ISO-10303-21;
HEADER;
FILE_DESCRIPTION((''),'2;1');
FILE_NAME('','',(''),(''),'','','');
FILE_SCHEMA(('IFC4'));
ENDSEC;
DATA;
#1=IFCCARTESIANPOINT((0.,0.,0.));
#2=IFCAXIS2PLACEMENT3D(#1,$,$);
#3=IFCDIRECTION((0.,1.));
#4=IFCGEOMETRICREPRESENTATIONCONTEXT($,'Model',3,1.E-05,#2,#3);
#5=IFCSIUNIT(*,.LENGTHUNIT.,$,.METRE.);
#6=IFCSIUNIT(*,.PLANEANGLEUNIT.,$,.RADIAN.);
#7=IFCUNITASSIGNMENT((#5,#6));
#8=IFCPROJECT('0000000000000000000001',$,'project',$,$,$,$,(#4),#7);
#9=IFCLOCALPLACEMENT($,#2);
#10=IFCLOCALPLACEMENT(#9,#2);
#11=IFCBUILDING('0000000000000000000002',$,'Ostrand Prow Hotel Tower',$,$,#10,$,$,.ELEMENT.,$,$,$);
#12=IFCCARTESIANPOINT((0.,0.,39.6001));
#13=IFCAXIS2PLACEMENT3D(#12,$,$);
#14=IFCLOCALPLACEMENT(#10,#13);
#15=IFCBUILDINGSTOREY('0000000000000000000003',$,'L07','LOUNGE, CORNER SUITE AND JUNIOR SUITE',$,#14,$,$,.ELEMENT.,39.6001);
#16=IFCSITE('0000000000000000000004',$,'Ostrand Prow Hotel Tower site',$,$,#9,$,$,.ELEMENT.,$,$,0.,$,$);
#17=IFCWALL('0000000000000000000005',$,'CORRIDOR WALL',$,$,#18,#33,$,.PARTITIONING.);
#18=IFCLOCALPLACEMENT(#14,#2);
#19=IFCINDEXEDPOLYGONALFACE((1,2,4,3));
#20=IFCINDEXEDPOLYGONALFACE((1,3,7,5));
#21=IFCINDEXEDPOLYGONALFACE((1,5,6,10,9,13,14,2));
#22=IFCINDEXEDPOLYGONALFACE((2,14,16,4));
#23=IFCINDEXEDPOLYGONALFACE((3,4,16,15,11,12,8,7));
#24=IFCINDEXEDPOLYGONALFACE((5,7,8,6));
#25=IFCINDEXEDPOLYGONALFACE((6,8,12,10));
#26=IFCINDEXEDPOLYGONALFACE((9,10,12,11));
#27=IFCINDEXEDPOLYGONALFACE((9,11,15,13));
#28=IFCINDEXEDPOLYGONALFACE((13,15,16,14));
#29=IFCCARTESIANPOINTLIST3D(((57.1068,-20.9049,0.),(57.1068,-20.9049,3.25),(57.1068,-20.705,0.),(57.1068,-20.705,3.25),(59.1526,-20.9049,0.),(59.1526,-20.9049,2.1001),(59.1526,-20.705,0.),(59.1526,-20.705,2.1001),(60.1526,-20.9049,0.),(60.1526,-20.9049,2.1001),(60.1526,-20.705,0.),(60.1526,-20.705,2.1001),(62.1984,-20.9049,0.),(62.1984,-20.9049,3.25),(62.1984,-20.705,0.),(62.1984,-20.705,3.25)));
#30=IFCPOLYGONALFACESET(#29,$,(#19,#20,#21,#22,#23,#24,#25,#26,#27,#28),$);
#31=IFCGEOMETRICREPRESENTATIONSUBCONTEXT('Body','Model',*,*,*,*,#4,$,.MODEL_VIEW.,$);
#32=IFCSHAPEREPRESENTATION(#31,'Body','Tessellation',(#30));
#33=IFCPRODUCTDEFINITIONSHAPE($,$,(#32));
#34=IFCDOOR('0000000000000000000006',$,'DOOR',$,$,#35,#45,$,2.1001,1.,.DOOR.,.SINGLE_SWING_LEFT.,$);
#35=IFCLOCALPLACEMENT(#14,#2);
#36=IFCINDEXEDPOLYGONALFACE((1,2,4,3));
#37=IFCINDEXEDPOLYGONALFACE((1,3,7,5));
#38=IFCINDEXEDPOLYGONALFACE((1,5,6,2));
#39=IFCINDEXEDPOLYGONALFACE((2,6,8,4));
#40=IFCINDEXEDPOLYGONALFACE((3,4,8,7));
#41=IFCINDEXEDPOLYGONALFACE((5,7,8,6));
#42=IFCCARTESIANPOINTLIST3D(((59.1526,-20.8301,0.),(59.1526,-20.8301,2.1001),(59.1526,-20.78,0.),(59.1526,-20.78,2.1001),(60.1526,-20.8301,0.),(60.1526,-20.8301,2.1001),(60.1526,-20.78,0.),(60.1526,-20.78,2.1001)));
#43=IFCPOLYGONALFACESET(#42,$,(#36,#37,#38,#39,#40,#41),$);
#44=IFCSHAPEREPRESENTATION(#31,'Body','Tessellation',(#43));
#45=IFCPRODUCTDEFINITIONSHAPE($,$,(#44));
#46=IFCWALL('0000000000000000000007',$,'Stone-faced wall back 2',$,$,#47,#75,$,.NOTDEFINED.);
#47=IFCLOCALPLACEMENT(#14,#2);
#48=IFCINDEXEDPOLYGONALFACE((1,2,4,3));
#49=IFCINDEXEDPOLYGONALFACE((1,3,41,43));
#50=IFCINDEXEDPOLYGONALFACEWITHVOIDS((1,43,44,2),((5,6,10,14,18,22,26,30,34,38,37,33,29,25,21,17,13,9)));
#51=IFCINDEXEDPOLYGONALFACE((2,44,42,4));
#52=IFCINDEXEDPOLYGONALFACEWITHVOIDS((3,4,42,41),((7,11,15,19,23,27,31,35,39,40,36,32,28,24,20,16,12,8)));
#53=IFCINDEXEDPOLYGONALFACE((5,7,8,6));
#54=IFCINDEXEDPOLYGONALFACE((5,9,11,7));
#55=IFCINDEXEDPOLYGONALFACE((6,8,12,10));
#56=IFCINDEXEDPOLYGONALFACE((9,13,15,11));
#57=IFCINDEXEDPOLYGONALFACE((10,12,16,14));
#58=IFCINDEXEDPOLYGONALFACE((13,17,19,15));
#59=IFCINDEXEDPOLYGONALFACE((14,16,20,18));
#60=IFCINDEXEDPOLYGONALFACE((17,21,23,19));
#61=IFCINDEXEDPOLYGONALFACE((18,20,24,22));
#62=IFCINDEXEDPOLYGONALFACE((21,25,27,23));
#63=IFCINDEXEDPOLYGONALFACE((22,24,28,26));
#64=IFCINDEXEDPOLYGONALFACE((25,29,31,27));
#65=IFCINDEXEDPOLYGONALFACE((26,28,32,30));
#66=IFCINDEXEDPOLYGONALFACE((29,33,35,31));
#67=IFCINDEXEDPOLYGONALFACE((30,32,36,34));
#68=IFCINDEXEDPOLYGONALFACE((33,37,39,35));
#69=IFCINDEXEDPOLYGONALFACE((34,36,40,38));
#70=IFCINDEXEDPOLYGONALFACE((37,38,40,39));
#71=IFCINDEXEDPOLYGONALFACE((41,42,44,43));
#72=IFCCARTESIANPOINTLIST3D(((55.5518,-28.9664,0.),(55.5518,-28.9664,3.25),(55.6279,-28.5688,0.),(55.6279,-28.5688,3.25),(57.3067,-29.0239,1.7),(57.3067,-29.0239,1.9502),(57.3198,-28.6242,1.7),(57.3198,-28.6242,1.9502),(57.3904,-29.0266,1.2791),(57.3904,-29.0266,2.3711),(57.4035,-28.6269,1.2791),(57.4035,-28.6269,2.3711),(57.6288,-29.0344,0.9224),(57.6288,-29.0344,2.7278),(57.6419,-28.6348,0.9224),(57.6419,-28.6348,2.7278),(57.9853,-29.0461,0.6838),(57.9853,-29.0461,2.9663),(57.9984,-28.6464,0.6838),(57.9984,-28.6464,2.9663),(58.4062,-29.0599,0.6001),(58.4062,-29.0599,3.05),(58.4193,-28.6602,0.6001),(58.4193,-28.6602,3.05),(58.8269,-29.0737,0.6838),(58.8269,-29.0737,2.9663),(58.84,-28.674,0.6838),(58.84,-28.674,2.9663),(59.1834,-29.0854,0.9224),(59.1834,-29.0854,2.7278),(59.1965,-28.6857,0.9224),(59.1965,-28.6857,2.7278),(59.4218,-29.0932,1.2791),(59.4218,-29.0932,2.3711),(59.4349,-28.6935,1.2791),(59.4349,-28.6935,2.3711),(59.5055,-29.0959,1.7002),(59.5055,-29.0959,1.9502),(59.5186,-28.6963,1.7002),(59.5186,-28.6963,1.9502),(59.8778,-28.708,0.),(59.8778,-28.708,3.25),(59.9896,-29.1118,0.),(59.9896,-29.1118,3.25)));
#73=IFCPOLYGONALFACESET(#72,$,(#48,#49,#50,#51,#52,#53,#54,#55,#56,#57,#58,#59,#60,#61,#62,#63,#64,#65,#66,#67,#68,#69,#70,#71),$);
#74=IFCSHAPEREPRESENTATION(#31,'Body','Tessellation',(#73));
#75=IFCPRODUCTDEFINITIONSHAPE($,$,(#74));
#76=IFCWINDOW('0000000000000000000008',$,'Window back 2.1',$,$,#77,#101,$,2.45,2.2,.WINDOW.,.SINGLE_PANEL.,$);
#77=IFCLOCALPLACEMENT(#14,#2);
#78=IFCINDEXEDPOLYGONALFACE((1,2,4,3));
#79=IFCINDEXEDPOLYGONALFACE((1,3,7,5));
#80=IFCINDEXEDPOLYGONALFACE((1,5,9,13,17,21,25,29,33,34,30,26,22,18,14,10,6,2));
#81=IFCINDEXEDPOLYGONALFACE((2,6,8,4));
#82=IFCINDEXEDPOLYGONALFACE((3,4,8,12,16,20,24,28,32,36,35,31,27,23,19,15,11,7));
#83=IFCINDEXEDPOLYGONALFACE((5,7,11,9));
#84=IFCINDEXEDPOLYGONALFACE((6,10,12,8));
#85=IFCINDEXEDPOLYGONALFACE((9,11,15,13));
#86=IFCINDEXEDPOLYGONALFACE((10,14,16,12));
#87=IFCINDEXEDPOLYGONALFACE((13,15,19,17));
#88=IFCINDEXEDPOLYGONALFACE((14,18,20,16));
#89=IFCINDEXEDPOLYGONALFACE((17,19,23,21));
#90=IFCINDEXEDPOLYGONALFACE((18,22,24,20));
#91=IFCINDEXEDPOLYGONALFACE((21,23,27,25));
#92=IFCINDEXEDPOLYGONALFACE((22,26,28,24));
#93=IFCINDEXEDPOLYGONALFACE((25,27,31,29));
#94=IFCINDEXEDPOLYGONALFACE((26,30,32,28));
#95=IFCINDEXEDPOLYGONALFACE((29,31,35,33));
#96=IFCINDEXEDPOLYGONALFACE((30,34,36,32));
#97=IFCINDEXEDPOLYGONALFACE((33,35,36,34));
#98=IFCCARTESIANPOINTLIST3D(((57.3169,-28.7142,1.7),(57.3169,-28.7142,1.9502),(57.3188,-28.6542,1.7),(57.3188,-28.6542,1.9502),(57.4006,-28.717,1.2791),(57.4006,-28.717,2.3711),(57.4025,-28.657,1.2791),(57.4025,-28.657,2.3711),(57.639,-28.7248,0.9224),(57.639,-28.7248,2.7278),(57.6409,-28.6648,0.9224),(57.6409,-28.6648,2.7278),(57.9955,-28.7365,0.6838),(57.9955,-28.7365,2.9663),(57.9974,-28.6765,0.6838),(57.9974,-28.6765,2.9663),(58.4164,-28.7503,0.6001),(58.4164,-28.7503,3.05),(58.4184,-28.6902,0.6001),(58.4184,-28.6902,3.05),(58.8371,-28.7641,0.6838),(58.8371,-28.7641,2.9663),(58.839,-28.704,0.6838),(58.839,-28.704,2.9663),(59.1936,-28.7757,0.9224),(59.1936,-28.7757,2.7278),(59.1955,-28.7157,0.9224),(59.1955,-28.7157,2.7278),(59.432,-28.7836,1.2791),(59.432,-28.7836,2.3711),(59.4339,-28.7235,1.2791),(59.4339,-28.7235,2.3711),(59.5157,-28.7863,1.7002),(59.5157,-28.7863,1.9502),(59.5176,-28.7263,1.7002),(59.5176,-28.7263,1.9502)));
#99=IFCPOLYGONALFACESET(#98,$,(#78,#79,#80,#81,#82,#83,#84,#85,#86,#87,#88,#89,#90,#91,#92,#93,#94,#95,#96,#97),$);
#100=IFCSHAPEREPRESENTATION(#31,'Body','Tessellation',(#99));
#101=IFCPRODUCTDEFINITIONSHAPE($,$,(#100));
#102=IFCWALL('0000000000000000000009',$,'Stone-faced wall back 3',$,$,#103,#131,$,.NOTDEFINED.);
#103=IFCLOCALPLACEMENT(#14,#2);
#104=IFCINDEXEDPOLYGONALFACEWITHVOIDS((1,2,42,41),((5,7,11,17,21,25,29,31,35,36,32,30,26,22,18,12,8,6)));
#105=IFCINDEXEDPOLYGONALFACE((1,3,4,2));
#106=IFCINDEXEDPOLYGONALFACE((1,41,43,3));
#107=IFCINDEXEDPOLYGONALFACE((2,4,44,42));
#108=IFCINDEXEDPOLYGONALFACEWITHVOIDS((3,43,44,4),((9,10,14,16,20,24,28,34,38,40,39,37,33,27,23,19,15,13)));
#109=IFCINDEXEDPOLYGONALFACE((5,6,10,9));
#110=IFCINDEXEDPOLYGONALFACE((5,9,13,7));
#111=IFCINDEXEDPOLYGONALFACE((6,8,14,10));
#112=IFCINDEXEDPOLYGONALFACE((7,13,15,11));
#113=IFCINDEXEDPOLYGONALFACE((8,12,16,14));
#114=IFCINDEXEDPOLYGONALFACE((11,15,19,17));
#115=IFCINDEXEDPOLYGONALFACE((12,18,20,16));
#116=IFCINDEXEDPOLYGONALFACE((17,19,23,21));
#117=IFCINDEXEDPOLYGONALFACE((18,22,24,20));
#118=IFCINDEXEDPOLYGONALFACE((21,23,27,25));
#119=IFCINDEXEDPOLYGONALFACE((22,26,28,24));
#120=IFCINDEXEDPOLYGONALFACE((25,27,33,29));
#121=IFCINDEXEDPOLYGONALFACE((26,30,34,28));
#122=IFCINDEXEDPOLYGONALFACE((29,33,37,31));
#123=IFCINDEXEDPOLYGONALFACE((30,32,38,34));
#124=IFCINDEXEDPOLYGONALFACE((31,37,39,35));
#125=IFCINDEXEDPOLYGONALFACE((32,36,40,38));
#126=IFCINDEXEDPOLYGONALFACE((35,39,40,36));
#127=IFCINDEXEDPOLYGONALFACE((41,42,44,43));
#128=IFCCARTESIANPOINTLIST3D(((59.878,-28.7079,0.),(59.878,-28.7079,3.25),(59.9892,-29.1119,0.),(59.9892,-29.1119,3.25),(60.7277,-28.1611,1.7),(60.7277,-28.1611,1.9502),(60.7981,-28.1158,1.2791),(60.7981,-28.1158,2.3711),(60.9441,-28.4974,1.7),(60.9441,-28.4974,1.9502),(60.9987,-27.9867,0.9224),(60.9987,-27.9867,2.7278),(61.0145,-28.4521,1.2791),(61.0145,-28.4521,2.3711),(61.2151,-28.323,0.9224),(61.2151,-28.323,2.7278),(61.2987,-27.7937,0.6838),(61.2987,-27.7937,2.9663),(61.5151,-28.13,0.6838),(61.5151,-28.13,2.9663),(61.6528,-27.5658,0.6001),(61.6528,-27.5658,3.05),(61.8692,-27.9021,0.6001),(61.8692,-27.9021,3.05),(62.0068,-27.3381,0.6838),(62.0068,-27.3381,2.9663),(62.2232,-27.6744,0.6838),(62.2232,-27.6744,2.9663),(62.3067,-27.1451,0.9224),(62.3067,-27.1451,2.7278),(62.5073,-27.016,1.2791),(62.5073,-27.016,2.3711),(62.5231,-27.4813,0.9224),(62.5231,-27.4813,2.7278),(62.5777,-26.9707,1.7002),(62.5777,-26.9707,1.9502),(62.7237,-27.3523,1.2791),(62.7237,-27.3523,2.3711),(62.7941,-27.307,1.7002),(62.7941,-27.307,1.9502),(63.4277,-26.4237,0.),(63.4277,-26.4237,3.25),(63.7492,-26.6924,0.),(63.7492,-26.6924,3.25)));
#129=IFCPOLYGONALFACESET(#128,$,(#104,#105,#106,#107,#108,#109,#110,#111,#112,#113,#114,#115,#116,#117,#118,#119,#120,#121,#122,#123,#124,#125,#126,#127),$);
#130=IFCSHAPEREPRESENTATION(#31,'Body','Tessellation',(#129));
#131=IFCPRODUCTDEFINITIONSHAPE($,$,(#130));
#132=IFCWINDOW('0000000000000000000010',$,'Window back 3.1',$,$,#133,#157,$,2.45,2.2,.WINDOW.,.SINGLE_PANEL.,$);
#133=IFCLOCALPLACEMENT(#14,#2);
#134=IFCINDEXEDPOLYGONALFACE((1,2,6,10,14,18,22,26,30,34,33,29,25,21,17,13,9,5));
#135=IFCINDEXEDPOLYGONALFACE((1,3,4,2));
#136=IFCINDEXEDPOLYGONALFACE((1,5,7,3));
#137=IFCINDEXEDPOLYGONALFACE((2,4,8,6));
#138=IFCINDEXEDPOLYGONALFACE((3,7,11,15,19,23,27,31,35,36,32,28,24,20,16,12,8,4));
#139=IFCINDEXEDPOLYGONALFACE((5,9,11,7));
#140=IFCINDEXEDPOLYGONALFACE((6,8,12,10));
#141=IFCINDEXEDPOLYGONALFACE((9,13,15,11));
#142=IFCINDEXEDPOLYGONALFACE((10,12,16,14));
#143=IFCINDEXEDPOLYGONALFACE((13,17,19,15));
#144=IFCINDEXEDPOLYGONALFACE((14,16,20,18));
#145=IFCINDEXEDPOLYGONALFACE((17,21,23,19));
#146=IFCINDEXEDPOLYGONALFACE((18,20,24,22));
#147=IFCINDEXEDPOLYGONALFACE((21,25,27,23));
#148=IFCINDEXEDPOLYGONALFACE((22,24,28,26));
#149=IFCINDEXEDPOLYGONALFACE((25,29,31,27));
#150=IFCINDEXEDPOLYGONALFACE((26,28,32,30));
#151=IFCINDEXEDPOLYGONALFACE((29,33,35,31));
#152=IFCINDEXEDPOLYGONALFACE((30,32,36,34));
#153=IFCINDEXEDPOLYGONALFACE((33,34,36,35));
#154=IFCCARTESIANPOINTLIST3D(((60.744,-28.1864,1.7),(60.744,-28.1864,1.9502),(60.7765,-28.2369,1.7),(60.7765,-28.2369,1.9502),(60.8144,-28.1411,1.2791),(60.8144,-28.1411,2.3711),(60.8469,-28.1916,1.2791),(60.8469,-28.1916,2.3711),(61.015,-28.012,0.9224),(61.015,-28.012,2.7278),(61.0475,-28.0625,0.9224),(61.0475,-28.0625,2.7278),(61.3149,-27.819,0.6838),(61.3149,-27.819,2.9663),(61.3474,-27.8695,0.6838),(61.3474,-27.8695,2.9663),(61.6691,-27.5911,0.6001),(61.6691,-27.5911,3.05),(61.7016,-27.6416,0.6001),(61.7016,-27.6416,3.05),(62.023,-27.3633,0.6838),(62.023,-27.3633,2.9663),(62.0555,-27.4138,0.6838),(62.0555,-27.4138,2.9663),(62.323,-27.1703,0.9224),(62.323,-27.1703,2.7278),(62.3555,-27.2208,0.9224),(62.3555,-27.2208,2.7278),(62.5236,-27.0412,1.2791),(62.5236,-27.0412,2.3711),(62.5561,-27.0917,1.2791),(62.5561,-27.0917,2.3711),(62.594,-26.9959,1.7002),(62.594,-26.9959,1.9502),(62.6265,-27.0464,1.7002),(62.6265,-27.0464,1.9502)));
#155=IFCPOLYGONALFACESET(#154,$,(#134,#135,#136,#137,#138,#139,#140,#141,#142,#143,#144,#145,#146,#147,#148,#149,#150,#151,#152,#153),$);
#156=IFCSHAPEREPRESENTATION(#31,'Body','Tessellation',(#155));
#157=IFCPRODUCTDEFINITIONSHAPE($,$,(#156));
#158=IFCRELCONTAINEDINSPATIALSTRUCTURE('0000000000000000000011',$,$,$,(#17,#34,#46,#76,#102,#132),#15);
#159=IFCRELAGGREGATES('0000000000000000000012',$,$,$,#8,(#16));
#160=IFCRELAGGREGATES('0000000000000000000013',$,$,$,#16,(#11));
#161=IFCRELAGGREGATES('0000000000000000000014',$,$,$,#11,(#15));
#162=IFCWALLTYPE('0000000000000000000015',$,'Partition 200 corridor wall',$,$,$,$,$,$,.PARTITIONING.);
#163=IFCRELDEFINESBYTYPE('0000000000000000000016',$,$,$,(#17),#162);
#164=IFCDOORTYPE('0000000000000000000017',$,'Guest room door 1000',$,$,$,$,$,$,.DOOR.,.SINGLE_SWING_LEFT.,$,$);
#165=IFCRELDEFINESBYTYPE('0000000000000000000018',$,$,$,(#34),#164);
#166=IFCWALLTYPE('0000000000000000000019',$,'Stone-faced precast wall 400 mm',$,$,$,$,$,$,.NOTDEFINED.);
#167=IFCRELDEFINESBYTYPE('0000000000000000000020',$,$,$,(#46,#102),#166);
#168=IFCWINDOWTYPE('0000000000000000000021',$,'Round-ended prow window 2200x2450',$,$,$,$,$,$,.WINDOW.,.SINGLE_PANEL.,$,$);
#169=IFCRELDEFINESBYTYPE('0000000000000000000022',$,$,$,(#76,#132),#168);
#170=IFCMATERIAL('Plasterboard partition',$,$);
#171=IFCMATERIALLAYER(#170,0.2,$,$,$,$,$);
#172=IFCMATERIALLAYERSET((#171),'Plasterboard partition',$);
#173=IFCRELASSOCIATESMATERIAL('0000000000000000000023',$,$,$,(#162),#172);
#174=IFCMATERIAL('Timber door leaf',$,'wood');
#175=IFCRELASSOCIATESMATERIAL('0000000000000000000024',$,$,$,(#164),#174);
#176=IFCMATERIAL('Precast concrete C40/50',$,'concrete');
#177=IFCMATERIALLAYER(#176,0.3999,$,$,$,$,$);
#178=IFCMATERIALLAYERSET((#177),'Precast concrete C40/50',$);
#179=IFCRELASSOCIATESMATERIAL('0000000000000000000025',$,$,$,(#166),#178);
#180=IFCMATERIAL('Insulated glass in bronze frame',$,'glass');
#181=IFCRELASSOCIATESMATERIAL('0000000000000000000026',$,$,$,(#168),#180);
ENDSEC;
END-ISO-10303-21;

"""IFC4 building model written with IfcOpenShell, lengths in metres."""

from ifc_helpers import new_model, si_unit, direction, frame, frame_2d, origin, place, context, subcontext, project, spatial, polyline, rectangle, outline, extrude, material, layer, layer_set, type_object, element, fill, save


model = new_model("IFC4")

# Units and contexts
model_context = context("Model", 3, precision=1e-05, world=origin(), true_north=direction((0.0, 1.0)))
body_context = subcontext(model_context, "Body", "Model", "MODEL_VIEW")
ifc_project = project(units=[si_unit("LENGTHUNIT", "METRE"), si_unit("PLANEANGLEUNIT", "RADIAN")], contexts=[model_context])

# Site, building, storey
site_placement = place(None, origin())
site = spatial("IfcSite", under=ifc_project, at=site_placement, Name="Ostrand Prow Hotel Tower site", CompositionType="ELEMENT", RefElevation=0.0)
building_placement = place(site_placement, origin())
building = spatial("IfcBuilding", under=site, at=building_placement, Name="Ostrand Prow Hotel Tower", CompositionType="ELEMENT")
storey_placement = place(building_placement, frame((0.0, 0.0, 39.6001)))
storey = spatial("IfcBuildingStorey", under=building, at=storey_placement, Name="L07", Description="LOUNGE, CORNER SUITE AND JUNIOR SUITE", CompositionType="ELEMENT", Elevation=39.6001)

# Wall, opening, door
ifc_material_1 = material(Name="Plasterboard partition")
ifc_layer_1 = layer(ifc_material_1, 0.2)
ifc_layer_set_1 = layer_set([ifc_layer_1], Name="Plasterboard partition")
wall_type_1 = type_object("IfcWallType", Name="Partition 200 corridor wall", PredefinedType="PARTITIONING", material=ifc_layer_set_1)
wall_1_placement = place(storey_placement, frame((57.1067, -20.8049, 0.0), z_axis=(0.0, 0.0, 1.0), x_axis=(1.0, 0.0, 0.0)))
wall_1 = element("IfcWall", 1, at=wall_1_placement, inside=storey, type_object=wall_type_1, Name="CORRIDOR WALL", PredefinedType="PARTITIONING", context=body_context, shape_type="SweptSolid", body=[
    extrude(rectangle(XDim=5.0916, YDim=0.2, at=frame_2d((2.5459, 0.0))), origin(), (0.0, 0.0, 1.0), 3.25),
])
opening_1_placement = place(wall_1_placement, frame((2.0459, 0.0, 0.0)))
opening_1 = element("IfcOpeningElement", 2, at=opening_1_placement, cuts=wall_1, PredefinedType="OPENING", context=body_context, shape_type="SweptSolid", body=[
    extrude(rectangle(XDim=1.0, YDim=2.1001, at=frame_2d((0.5, 1.05))), frame((0.0, 0.1099, 0.0), z_axis=(0.0, -1.0, 0.0), x_axis=(1.0, 0.0, 0.0)), (0.0, 0.0, 1.0), 0.22),
])
ifc_material_2 = material(Name="Timber door leaf", Category="wood")
door_type_1 = type_object("IfcDoorType", Name="Guest room door 1000", OperationType="SINGLE_SWING_LEFT", PredefinedType="DOOR", material=ifc_material_2)
door_1_placement = place(opening_1_placement, origin())
door_1 = element("IfcDoor", 3, at=door_1_placement, inside=storey, type_object=door_type_1, Name="DOOR", OperationType="SINGLE_SWING_LEFT", OverallHeight=2.1001, OverallWidth=1.0, PredefinedType="DOOR", context=body_context, shape_type="SweptSolid", body=[
    extrude(rectangle(XDim=1.0, YDim=2.1001, at=frame_2d((0.5, 1.05))), frame((0.0, 0.0249, 0.0), z_axis=(0.0, -1.0, 0.0), x_axis=(1.0, 0.0, 0.0)), (0.0, 0.0, 1.0), 0.05),
])
fill(opening_1, door_1)

# Walls, openings, windows
ifc_material_3 = material(Name="Precast concrete C40/50", Category="concrete")
ifc_layer_2 = layer(ifc_material_3, 0.3999)
ifc_layer_set_2 = layer_set([ifc_layer_2], Name="Precast concrete C40/50")
wall_type_2 = type_object("IfcWallType", Name="Stone-faced precast wall 400 mm", PredefinedType="NOTDEFINED", material=ifc_layer_set_2)
wall_2_placement = place(storey_placement, frame((55.5898, -28.7676, 0.0), z_axis=(0.0, 0.0, 1.0), x_axis=(0.999464, -0.03275, 0.0)))
wall_2 = element("IfcWall", 4, at=wall_2_placement, inside=storey, type_object=wall_type_2, Name="Stone-faced wall back 2", PredefinedType="NOTDEFINED", context=body_context, shape_type="SweptSolid", body=[
    extrude(outline(polyline([(-0.0315, -0.2), (4.4087, -0.2), (4.2837, 0.2), (0.0315, 0.2), (-0.0315, -0.2)])), origin(), (0.0, 0.0, 1.0), 3.25),
])
opening_2_placement = place(wall_2_placement, frame((1.7244, 0.0, 0.6001)))
opening_2 = element("IfcOpeningElement", 5, at=opening_2_placement, cuts=wall_2, PredefinedType="OPENING", context=body_context, shape_type="SweptSolid", body=[
    extrude(outline(polyline([(0.0, 1.3501), (0.0837, 1.771), (0.3223, 2.1277), (0.679, 2.3662), (1.1001, 2.45), (1.521, 2.3662), (1.8777, 2.1277), (2.1162, 1.771), (2.2, 1.3501), (2.2, 1.1001), (2.1162, 0.679), (1.8777, 0.3223), (1.521, 0.0837), (1.1001, 0.0), (0.679, 0.0837), (0.3223, 0.3223), (0.0837, 0.679), (0.0, 1.0999), (0.0, 1.3501)])), frame((0.0, 0.21, 0.0), z_axis=(0.0, -1.0, 0.0), x_axis=(1.0, 0.0, 0.0)), (0.0, 0.0, 1.0), 0.4199),
])
ifc_material_4 = material(Name="Insulated glass in bronze frame", Category="glass")
window_type_1 = type_object("IfcWindowType", Name="Round-ended prow window 2200x2450", PartitioningType="SINGLE_PANEL", PredefinedType="WINDOW", material=ifc_material_4)
window_1_placement = place(opening_2_placement, origin())
window_1 = element("IfcWindow", 6, at=window_1_placement, inside=storey, type_object=window_type_1, Name="Window back 2.1", OverallHeight=2.45, OverallWidth=2.2, PartitioningType="SINGLE_PANEL", PredefinedType="WINDOW", context=body_context, shape_type="SweptSolid", body=[
    extrude(outline(polyline([(0.0, 1.3501), (0.0837, 1.771), (0.3223, 2.1277), (0.679, 2.3662), (1.1001, 2.45), (1.521, 2.3662), (1.8777, 2.1277), (2.1162, 1.771), (2.2, 1.3501), (2.2, 1.1001), (2.1162, 0.679), (1.8777, 0.3223), (1.521, 0.0837), (1.1001, 0.0), (0.679, 0.0837), (0.3223, 0.3223), (0.0837, 0.679), (0.0, 1.0999), (0.0, 1.3501)])), frame((0.0, 0.1699, 0.0), z_axis=(0.0, -1.0, 0.0), x_axis=(1.0, 0.0, 0.0)), (0.0, 0.0, 1.0), 0.0601),
])
fill(opening_2, window_1)
wall_3_placement = place(storey_placement, frame((59.9336, -28.9099, 0.0), z_axis=(0.0, 0.0, 1.0), x_axis=(0.840937, 0.541132, 0.0)))
wall_3 = element("IfcWall", 7, at=wall_3_placement, inside=storey, type_object=wall_type_2, Name="Stone-faced wall back 3", PredefinedType="NOTDEFINED", context=body_context, shape_type="SweptSolid", body=[
    extrude(outline(polyline([(-0.0625, -0.2), (4.4087, -0.2), (4.2837, 0.2), (0.0625, 0.2), (-0.0625, -0.2)])), origin(), (0.0, 0.0, 1.0), 3.25),
])
opening_3_placement = place(wall_3_placement, frame((1.073, 0.0, 0.6001)))
opening_3 = element("IfcOpeningElement", 8, at=opening_3_placement, cuts=wall_3, PredefinedType="OPENING", context=body_context, shape_type="SweptSolid", body=[
    extrude(outline(polyline([(0.0, 1.3501), (0.0837, 1.771), (0.3223, 2.1277), (0.679, 2.3662), (1.1001, 2.45), (1.521, 2.3662), (1.8777, 2.1277), (2.1162, 1.771), (2.2, 1.3501), (2.2, 1.1001), (2.1162, 0.679), (1.8777, 0.3223), (1.521, 0.0837), (1.1001, 0.0), (0.679, 0.0837), (0.3223, 0.3223), (0.0837, 0.679), (0.0, 1.0999), (0.0, 1.3501)])), frame((0.0, 0.21, 0.0), z_axis=(0.0, -1.0, 0.0), x_axis=(1.0, 0.0, 0.0)), (0.0, 0.0, 1.0), 0.4199),
])
window_2_placement = place(opening_3_placement, origin())
window_2 = element("IfcWindow", 9, at=window_2_placement, inside=storey, type_object=window_type_1, Name="Window back 3.1", OverallHeight=2.45, OverallWidth=2.2, PartitioningType="SINGLE_PANEL", PredefinedType="WINDOW", context=body_context, shape_type="SweptSolid", body=[
    extrude(outline(polyline([(0.0, 1.3501), (0.0837, 1.771), (0.3223, 2.1277), (0.679, 2.3662), (1.1001, 2.45), (1.521, 2.3662), (1.8777, 2.1277), (2.1162, 1.771), (2.2, 1.3501), (2.2, 1.1001), (2.1162, 0.679), (1.8777, 0.3223), (1.521, 0.0837), (1.1001, 0.0), (0.679, 0.0837), (0.3223, 0.3223), (0.0837, 0.679), (0.0, 1.0999), (0.0, 1.3501)])), frame((0.0, 0.1699, 0.0), z_axis=(0.0, -1.0, 0.0), x_axis=(1.0, 0.0, 0.0)), (0.0, 0.0, 1.0), 0.0601),
])
fill(opening_3, window_2)

save(model, "model.ifc")
